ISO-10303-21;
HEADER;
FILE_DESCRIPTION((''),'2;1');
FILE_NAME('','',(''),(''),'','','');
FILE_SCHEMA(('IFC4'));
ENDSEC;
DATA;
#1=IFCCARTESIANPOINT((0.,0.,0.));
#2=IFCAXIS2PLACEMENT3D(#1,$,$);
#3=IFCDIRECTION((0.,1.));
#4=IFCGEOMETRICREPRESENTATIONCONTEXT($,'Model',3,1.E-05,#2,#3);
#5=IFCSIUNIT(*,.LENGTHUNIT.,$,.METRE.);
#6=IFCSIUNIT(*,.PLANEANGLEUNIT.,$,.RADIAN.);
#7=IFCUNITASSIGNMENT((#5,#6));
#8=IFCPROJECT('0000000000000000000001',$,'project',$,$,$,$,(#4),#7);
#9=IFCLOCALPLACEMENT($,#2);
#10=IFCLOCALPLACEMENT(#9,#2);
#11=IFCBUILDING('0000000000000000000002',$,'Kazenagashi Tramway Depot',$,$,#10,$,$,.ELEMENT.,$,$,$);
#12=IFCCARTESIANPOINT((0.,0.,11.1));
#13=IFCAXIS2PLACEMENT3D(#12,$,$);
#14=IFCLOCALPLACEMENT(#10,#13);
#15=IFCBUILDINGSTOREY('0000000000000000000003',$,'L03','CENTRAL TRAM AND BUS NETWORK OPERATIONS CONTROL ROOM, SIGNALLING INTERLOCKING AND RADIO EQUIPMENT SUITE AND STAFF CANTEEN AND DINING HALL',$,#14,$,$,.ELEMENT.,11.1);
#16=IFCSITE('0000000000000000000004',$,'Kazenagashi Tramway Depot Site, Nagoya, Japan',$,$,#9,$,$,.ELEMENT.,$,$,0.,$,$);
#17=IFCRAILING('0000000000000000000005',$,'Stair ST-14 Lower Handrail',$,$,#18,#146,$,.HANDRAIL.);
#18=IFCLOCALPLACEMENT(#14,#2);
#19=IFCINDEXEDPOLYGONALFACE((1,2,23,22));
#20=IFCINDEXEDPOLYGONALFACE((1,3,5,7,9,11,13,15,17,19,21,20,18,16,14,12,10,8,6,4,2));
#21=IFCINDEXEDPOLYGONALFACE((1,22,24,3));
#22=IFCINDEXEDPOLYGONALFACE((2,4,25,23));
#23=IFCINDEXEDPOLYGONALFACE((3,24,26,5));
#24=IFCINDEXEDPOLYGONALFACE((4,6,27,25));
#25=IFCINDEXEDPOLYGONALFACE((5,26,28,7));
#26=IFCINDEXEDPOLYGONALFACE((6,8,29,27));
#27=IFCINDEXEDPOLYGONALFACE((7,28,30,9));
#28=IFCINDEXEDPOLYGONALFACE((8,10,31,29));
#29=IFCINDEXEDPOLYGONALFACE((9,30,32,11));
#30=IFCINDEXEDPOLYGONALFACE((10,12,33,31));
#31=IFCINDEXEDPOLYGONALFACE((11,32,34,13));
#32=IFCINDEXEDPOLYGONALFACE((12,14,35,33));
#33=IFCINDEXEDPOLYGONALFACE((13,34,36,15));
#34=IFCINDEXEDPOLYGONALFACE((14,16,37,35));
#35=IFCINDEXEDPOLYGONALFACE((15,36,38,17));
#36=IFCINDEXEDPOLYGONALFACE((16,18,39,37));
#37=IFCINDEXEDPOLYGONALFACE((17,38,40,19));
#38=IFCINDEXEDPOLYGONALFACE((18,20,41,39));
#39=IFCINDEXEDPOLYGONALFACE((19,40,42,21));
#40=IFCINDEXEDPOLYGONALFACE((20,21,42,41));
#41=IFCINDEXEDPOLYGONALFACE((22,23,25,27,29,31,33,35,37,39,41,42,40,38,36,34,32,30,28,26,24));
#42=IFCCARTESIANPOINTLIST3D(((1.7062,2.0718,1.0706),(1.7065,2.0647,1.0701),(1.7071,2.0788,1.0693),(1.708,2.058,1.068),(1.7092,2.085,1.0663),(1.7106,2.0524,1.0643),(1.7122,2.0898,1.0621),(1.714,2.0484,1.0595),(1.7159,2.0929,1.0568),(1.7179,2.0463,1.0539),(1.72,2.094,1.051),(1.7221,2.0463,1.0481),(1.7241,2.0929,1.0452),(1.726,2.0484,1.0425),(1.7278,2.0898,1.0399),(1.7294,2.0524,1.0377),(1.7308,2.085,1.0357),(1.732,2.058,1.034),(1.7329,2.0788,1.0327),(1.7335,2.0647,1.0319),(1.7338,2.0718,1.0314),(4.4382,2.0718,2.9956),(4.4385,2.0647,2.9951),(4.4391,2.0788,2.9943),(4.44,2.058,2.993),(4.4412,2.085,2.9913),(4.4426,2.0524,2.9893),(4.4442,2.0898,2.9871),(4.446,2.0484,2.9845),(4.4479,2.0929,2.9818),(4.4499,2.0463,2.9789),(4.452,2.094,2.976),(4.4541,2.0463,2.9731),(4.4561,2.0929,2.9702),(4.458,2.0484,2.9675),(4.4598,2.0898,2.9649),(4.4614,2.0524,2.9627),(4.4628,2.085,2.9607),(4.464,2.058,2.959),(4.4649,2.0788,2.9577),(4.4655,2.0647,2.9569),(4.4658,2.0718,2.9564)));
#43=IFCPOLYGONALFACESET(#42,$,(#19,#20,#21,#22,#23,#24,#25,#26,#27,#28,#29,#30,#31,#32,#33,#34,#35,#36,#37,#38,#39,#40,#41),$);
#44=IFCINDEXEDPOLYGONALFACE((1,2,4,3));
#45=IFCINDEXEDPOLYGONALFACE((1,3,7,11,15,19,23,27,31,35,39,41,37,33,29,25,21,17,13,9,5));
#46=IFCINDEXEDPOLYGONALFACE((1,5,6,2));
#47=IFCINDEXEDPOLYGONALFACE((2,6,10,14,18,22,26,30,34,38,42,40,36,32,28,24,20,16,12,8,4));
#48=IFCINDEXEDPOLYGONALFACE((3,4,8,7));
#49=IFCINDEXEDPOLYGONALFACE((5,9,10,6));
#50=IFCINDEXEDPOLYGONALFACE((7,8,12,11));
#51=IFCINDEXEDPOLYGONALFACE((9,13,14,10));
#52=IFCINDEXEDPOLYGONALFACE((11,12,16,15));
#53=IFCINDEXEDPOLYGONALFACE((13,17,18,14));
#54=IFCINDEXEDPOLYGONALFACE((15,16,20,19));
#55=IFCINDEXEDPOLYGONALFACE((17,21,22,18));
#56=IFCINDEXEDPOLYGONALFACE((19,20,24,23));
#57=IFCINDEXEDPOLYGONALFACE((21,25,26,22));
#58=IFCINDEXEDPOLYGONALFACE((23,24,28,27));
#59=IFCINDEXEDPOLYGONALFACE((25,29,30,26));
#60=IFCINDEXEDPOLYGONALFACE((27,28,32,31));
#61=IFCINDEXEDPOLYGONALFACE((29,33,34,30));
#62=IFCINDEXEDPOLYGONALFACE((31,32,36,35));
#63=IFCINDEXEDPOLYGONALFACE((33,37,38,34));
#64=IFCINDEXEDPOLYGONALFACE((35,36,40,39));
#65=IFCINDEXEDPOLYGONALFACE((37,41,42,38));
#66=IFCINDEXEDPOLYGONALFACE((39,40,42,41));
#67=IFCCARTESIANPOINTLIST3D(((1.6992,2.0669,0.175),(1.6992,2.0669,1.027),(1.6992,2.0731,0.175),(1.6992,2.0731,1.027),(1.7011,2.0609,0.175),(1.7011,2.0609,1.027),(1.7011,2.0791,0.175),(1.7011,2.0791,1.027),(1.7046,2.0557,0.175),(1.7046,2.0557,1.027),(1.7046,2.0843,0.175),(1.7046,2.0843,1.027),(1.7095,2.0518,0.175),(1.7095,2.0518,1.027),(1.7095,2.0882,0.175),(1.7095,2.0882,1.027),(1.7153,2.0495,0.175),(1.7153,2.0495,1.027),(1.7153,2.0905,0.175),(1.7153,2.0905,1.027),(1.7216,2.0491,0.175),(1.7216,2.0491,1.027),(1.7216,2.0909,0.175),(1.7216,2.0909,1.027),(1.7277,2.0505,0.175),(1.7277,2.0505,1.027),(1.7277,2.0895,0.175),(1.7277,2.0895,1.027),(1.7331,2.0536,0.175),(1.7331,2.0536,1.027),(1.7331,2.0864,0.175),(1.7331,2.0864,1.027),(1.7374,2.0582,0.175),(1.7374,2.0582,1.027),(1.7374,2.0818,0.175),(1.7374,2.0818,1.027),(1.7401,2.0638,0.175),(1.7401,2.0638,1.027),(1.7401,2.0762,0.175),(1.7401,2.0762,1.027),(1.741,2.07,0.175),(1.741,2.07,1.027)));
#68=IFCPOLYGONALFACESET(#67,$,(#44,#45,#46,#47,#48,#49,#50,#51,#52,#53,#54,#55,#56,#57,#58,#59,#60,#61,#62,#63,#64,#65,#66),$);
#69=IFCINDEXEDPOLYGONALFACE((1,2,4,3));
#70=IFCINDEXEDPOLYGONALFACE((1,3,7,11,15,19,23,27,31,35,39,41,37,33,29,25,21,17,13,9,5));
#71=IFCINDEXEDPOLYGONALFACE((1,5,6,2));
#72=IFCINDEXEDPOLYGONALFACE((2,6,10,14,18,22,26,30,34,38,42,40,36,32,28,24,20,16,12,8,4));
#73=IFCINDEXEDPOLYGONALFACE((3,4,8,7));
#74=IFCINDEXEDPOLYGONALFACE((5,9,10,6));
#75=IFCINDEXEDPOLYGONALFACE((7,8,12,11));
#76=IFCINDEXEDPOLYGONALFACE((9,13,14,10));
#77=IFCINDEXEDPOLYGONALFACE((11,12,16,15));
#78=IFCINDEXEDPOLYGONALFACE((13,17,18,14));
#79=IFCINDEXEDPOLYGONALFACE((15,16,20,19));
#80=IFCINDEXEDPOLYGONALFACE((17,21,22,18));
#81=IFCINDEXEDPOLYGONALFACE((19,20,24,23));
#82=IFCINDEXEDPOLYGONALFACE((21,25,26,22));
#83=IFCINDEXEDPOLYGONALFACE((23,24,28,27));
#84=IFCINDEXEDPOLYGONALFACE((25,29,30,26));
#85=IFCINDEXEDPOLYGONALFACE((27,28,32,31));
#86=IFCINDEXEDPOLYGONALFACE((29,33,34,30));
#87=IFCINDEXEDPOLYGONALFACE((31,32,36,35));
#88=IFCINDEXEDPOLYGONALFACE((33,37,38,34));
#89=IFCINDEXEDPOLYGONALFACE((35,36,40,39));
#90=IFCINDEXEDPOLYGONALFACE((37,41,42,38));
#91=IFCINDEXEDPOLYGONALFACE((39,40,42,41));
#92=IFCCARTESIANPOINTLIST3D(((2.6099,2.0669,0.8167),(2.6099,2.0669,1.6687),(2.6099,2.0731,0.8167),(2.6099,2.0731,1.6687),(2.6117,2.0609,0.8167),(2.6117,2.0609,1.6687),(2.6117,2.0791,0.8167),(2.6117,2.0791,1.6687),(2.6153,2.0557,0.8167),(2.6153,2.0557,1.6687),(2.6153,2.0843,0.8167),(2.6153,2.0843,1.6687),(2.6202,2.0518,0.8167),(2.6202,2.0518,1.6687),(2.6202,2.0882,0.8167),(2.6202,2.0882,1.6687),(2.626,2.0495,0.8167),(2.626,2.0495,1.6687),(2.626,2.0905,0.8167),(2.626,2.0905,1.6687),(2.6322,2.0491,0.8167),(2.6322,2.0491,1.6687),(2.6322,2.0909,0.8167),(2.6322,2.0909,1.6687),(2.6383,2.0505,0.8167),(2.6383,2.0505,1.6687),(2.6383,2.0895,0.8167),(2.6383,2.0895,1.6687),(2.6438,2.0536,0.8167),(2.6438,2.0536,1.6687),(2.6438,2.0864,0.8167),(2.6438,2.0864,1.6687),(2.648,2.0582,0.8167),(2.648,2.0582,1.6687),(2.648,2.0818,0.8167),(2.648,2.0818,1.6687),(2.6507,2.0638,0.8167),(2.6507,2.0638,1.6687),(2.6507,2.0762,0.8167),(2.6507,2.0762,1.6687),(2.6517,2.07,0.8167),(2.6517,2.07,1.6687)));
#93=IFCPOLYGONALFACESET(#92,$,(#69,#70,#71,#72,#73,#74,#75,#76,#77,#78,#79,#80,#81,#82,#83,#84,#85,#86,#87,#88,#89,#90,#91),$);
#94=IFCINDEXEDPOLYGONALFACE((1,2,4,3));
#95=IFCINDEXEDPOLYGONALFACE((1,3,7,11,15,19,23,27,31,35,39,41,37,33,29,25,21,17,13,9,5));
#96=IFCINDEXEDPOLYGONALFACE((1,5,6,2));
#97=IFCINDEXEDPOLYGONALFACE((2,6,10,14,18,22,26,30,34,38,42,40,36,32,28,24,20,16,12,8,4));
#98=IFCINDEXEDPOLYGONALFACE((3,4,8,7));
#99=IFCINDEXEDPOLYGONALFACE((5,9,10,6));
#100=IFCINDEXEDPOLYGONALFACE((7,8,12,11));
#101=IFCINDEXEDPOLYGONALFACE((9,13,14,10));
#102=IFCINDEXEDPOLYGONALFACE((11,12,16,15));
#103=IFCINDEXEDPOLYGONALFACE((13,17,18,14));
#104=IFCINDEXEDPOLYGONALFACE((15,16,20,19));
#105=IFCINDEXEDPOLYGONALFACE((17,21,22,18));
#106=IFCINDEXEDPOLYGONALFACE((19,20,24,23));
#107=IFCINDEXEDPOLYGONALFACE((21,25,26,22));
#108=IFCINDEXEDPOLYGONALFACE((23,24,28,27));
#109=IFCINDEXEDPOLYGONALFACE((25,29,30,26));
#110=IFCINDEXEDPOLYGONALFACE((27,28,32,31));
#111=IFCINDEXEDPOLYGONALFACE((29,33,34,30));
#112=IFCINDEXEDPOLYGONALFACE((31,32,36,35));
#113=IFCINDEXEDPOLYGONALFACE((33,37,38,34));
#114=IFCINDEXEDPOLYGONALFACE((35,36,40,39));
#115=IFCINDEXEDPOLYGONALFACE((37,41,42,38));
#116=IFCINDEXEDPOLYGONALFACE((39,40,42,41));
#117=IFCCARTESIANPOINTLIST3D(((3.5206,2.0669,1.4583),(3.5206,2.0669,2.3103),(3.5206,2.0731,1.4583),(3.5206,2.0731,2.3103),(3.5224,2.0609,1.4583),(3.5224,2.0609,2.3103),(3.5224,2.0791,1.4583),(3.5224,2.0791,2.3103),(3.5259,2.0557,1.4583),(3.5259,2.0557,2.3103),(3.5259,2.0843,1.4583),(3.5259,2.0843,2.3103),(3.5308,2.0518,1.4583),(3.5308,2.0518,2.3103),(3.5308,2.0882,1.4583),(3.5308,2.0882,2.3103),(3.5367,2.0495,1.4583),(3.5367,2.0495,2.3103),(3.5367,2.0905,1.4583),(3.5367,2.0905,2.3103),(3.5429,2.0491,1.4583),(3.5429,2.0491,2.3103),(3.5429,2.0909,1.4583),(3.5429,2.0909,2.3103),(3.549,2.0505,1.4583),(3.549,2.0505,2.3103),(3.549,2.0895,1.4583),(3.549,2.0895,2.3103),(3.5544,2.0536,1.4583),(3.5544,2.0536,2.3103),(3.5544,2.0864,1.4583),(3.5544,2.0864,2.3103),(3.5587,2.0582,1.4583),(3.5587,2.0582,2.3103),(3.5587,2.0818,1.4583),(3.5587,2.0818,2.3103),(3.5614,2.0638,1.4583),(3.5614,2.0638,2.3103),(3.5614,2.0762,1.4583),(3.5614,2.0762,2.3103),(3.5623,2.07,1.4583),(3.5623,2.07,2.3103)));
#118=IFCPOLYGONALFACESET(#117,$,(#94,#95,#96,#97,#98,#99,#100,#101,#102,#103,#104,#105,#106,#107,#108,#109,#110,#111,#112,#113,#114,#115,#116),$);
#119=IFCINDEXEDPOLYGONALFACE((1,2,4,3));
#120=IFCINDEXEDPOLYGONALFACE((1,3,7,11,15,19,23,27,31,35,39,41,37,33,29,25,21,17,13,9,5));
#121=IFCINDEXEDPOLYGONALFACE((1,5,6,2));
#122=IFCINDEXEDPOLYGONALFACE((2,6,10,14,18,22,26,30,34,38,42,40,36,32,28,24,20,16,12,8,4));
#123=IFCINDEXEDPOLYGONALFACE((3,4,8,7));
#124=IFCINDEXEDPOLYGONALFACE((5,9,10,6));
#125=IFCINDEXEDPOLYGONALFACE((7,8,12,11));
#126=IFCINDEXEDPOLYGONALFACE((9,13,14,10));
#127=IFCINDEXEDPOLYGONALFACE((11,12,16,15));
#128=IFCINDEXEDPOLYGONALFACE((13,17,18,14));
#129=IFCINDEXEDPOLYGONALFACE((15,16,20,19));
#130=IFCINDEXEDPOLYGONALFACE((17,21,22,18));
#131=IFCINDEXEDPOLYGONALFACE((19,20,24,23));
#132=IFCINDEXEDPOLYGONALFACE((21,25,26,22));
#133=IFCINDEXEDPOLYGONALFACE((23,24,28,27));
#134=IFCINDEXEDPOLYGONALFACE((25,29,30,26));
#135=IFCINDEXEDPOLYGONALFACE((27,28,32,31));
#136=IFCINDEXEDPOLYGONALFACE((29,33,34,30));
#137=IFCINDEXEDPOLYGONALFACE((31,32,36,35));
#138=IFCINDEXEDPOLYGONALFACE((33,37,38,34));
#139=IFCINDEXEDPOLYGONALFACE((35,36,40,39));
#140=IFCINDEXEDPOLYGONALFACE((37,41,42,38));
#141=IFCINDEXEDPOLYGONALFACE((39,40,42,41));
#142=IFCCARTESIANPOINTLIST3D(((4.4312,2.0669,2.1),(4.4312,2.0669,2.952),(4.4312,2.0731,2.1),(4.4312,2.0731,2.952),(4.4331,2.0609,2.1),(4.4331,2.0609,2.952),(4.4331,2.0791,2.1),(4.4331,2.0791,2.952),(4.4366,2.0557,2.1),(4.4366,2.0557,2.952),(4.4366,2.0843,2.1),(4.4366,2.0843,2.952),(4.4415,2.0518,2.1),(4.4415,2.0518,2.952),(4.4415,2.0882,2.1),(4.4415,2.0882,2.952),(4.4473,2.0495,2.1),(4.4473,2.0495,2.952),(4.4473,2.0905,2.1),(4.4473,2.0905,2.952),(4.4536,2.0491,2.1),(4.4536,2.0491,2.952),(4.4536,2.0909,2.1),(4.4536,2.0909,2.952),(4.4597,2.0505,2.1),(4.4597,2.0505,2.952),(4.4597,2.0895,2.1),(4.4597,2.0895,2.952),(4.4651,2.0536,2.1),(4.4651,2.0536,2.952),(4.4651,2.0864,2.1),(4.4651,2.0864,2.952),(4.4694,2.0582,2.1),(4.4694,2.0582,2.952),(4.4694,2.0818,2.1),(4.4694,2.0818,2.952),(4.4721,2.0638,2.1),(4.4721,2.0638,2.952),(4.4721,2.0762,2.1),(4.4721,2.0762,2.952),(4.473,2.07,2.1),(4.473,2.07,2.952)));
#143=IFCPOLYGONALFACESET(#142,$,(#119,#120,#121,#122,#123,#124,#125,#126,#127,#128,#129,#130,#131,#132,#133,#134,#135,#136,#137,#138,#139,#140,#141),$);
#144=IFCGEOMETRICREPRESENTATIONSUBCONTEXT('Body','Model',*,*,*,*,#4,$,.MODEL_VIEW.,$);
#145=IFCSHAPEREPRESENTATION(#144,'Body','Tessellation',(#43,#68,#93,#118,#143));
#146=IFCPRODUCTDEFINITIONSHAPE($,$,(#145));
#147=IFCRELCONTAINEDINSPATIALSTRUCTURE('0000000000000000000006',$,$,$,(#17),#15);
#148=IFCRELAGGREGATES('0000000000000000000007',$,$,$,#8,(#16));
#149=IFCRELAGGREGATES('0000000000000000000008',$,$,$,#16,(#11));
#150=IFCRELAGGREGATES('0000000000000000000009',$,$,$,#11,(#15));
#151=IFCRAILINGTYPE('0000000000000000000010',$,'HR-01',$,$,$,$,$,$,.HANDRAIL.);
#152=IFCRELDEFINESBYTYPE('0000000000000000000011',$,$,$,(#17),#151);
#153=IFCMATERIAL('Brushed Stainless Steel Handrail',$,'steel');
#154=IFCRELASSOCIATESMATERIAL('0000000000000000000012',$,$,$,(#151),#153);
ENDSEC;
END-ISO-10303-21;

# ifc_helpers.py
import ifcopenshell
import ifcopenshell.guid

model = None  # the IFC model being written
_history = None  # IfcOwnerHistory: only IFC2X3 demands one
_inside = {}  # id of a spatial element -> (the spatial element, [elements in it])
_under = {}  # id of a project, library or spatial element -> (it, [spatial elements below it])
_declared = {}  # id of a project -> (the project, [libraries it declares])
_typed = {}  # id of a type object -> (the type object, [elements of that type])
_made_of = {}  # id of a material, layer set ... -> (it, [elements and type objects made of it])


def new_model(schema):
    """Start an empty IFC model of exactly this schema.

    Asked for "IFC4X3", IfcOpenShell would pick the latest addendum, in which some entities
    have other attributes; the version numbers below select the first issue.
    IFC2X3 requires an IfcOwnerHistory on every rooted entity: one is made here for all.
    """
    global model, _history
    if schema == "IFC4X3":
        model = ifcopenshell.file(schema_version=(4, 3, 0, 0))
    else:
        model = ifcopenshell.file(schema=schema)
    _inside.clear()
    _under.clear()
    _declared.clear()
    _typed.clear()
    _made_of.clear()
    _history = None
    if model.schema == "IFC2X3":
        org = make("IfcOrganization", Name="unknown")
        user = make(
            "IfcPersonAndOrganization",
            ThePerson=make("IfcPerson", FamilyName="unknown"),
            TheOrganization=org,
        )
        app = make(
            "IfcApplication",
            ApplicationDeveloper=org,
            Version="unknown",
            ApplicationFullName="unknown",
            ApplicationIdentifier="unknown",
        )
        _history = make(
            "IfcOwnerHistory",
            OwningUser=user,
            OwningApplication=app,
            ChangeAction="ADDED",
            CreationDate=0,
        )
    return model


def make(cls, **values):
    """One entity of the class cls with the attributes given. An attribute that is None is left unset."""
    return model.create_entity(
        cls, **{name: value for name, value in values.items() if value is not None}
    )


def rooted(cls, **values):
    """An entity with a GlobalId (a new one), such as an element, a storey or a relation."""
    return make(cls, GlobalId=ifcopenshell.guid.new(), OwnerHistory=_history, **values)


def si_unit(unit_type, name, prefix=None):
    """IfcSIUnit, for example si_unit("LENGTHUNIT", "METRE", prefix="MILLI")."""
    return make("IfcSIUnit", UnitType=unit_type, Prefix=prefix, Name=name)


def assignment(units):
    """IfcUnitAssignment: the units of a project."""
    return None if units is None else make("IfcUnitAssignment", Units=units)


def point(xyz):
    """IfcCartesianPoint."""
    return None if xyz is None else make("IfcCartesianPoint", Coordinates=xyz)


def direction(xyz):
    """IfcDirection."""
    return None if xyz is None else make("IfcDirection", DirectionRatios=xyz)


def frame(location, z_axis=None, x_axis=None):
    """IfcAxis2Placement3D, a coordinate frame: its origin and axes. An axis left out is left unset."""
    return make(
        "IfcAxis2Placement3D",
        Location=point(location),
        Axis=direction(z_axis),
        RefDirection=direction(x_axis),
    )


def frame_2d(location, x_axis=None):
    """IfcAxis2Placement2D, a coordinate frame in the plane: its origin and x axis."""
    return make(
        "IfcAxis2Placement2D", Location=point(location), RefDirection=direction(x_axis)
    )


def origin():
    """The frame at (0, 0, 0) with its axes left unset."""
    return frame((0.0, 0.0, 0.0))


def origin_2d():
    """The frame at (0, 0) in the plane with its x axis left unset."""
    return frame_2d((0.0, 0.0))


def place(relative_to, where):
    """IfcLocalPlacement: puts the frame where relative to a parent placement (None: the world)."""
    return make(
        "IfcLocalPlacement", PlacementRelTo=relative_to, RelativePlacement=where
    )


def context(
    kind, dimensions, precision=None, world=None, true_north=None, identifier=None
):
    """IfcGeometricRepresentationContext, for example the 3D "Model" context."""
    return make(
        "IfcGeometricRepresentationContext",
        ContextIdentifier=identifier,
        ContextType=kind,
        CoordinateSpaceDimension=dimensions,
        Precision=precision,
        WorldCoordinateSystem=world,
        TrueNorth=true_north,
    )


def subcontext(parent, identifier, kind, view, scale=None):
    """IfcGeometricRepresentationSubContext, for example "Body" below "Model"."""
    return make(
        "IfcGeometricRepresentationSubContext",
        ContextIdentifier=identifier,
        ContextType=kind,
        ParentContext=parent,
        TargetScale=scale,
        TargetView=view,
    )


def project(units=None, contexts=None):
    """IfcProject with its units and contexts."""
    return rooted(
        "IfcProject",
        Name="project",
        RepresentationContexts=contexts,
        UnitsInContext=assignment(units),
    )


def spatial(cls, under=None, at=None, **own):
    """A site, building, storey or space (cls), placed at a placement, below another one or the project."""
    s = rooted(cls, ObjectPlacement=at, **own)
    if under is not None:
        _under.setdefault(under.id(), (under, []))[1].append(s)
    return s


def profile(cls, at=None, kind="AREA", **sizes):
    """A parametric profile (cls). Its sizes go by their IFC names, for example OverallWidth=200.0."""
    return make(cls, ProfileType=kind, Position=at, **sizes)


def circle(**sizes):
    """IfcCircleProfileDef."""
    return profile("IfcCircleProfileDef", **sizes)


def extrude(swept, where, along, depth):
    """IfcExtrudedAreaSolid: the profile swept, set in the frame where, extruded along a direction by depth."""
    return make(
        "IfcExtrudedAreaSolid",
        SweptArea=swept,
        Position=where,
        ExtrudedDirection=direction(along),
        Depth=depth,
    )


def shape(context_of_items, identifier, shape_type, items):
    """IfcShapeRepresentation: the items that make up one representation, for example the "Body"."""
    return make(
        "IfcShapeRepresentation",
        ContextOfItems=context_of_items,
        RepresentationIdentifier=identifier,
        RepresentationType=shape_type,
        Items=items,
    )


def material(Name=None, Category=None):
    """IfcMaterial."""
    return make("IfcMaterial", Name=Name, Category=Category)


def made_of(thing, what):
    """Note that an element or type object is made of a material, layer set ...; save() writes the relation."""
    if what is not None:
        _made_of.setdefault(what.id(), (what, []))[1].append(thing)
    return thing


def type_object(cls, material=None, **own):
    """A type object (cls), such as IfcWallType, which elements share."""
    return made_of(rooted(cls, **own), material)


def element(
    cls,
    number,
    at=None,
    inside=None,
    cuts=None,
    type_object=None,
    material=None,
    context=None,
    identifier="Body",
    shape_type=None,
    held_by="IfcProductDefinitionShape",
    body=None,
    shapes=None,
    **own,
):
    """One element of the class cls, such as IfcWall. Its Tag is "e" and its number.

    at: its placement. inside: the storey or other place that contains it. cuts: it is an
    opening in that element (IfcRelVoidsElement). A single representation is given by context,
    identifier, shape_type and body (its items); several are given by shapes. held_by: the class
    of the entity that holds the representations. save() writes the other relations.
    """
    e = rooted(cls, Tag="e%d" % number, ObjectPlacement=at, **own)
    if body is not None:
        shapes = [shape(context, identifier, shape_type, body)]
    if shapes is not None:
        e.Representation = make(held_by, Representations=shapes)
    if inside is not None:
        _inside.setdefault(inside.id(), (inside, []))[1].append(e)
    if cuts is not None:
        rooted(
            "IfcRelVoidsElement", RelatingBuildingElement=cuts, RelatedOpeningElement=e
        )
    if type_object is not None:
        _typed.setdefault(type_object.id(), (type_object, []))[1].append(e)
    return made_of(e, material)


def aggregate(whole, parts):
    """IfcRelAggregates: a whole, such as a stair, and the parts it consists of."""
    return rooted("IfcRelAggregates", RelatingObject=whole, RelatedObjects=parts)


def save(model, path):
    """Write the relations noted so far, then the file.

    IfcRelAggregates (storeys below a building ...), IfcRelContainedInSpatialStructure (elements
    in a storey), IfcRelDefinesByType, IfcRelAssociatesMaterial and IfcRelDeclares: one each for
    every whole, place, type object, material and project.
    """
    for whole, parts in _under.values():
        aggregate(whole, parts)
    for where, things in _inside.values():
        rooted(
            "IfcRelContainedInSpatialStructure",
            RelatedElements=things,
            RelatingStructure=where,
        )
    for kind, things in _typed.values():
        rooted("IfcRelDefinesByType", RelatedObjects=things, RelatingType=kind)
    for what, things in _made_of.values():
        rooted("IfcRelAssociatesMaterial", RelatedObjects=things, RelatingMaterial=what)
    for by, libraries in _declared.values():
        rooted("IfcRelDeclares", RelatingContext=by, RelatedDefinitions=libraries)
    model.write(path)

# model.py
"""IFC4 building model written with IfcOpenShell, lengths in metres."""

from ifc_helpers import new_model, si_unit, direction, frame, origin, origin_2d, place, context, subcontext, project, spatial, circle, extrude, material, type_object, element, save


model = new_model("IFC4")

# Units and contexts
model_context = context("Model", 3, precision=1e-05, world=origin(), true_north=direction((0.0, 1.0)))
body_context = subcontext(model_context, "Body", "Model", "MODEL_VIEW")
ifc_project = project(units=[si_unit("LENGTHUNIT", "METRE"), si_unit("PLANEANGLEUNIT", "RADIAN")], contexts=[model_context])

# Site, building, storey
site_placement = place(None, origin())
site = spatial("IfcSite", under=ifc_project, at=site_placement, Name="Kazenagashi Tramway Depot Site, Nagoya, Japan", CompositionType="ELEMENT", RefElevation=0.0)
building_placement = place(site_placement, origin())
building = spatial("IfcBuilding", under=site, at=building_placement, Name="Kazenagashi Tramway Depot", CompositionType="ELEMENT")
storey_placement = place(building_placement, frame((0.0, 0.0, 11.1)))
storey = spatial("IfcBuildingStorey", under=building, at=storey_placement, Name="L03", Description="CENTRAL TRAM AND BUS NETWORK OPERATIONS CONTROL ROOM, SIGNALLING INTERLOCKING AND RADIO EQUIPMENT SUITE AND STAFF CANTEEN AND DINING HALL", CompositionType="ELEMENT", Elevation=11.1)

# Railing
ifc_material_1 = material(Name="Brushed Stainless Steel Handrail", Category="steel")
railing_type_1 = type_object("IfcRailingType", Name="HR-01", PredefinedType="HANDRAIL", material=ifc_material_1)
railing_1_placement = place(storey_placement, frame((1.72, 2.07, 0.175)))
element("IfcRailing", 1, at=railing_1_placement, inside=storey, type_object=railing_type_1, Name="Stair ST-14 Lower Handrail", PredefinedType="HANDRAIL", context=body_context, shape_type="SweptSolid", body=[
    extrude(circle(Radius=0.024, at=origin_2d()), frame((0.0, 0.0, 0.876), z_axis=(0.817457, 0.0, 0.57599), x_axis=(0.0, 1.0, 0.0)), (0.0, 0.0, 1.0), 3.3421),
    extrude(circle(Radius=0.021, at=origin_2d()), origin(), (0.0, 0.0, 1.0), 0.852),
    extrude(circle(Radius=0.021, at=origin_2d()), frame((0.9107, 0.0, 0.6417)), (0.0, 0.0, 1.0), 0.852),
    extrude(circle(Radius=0.021, at=origin_2d()), frame((1.8213, 0.0, 1.2833)), (0.0, 0.0, 1.0), 0.852),
    extrude(circle(Radius=0.021, at=origin_2d()), frame((2.732, 0.0, 1.925)), (0.0, 0.0, 1.0), 0.852),
])

save(model, "model.ifc")
